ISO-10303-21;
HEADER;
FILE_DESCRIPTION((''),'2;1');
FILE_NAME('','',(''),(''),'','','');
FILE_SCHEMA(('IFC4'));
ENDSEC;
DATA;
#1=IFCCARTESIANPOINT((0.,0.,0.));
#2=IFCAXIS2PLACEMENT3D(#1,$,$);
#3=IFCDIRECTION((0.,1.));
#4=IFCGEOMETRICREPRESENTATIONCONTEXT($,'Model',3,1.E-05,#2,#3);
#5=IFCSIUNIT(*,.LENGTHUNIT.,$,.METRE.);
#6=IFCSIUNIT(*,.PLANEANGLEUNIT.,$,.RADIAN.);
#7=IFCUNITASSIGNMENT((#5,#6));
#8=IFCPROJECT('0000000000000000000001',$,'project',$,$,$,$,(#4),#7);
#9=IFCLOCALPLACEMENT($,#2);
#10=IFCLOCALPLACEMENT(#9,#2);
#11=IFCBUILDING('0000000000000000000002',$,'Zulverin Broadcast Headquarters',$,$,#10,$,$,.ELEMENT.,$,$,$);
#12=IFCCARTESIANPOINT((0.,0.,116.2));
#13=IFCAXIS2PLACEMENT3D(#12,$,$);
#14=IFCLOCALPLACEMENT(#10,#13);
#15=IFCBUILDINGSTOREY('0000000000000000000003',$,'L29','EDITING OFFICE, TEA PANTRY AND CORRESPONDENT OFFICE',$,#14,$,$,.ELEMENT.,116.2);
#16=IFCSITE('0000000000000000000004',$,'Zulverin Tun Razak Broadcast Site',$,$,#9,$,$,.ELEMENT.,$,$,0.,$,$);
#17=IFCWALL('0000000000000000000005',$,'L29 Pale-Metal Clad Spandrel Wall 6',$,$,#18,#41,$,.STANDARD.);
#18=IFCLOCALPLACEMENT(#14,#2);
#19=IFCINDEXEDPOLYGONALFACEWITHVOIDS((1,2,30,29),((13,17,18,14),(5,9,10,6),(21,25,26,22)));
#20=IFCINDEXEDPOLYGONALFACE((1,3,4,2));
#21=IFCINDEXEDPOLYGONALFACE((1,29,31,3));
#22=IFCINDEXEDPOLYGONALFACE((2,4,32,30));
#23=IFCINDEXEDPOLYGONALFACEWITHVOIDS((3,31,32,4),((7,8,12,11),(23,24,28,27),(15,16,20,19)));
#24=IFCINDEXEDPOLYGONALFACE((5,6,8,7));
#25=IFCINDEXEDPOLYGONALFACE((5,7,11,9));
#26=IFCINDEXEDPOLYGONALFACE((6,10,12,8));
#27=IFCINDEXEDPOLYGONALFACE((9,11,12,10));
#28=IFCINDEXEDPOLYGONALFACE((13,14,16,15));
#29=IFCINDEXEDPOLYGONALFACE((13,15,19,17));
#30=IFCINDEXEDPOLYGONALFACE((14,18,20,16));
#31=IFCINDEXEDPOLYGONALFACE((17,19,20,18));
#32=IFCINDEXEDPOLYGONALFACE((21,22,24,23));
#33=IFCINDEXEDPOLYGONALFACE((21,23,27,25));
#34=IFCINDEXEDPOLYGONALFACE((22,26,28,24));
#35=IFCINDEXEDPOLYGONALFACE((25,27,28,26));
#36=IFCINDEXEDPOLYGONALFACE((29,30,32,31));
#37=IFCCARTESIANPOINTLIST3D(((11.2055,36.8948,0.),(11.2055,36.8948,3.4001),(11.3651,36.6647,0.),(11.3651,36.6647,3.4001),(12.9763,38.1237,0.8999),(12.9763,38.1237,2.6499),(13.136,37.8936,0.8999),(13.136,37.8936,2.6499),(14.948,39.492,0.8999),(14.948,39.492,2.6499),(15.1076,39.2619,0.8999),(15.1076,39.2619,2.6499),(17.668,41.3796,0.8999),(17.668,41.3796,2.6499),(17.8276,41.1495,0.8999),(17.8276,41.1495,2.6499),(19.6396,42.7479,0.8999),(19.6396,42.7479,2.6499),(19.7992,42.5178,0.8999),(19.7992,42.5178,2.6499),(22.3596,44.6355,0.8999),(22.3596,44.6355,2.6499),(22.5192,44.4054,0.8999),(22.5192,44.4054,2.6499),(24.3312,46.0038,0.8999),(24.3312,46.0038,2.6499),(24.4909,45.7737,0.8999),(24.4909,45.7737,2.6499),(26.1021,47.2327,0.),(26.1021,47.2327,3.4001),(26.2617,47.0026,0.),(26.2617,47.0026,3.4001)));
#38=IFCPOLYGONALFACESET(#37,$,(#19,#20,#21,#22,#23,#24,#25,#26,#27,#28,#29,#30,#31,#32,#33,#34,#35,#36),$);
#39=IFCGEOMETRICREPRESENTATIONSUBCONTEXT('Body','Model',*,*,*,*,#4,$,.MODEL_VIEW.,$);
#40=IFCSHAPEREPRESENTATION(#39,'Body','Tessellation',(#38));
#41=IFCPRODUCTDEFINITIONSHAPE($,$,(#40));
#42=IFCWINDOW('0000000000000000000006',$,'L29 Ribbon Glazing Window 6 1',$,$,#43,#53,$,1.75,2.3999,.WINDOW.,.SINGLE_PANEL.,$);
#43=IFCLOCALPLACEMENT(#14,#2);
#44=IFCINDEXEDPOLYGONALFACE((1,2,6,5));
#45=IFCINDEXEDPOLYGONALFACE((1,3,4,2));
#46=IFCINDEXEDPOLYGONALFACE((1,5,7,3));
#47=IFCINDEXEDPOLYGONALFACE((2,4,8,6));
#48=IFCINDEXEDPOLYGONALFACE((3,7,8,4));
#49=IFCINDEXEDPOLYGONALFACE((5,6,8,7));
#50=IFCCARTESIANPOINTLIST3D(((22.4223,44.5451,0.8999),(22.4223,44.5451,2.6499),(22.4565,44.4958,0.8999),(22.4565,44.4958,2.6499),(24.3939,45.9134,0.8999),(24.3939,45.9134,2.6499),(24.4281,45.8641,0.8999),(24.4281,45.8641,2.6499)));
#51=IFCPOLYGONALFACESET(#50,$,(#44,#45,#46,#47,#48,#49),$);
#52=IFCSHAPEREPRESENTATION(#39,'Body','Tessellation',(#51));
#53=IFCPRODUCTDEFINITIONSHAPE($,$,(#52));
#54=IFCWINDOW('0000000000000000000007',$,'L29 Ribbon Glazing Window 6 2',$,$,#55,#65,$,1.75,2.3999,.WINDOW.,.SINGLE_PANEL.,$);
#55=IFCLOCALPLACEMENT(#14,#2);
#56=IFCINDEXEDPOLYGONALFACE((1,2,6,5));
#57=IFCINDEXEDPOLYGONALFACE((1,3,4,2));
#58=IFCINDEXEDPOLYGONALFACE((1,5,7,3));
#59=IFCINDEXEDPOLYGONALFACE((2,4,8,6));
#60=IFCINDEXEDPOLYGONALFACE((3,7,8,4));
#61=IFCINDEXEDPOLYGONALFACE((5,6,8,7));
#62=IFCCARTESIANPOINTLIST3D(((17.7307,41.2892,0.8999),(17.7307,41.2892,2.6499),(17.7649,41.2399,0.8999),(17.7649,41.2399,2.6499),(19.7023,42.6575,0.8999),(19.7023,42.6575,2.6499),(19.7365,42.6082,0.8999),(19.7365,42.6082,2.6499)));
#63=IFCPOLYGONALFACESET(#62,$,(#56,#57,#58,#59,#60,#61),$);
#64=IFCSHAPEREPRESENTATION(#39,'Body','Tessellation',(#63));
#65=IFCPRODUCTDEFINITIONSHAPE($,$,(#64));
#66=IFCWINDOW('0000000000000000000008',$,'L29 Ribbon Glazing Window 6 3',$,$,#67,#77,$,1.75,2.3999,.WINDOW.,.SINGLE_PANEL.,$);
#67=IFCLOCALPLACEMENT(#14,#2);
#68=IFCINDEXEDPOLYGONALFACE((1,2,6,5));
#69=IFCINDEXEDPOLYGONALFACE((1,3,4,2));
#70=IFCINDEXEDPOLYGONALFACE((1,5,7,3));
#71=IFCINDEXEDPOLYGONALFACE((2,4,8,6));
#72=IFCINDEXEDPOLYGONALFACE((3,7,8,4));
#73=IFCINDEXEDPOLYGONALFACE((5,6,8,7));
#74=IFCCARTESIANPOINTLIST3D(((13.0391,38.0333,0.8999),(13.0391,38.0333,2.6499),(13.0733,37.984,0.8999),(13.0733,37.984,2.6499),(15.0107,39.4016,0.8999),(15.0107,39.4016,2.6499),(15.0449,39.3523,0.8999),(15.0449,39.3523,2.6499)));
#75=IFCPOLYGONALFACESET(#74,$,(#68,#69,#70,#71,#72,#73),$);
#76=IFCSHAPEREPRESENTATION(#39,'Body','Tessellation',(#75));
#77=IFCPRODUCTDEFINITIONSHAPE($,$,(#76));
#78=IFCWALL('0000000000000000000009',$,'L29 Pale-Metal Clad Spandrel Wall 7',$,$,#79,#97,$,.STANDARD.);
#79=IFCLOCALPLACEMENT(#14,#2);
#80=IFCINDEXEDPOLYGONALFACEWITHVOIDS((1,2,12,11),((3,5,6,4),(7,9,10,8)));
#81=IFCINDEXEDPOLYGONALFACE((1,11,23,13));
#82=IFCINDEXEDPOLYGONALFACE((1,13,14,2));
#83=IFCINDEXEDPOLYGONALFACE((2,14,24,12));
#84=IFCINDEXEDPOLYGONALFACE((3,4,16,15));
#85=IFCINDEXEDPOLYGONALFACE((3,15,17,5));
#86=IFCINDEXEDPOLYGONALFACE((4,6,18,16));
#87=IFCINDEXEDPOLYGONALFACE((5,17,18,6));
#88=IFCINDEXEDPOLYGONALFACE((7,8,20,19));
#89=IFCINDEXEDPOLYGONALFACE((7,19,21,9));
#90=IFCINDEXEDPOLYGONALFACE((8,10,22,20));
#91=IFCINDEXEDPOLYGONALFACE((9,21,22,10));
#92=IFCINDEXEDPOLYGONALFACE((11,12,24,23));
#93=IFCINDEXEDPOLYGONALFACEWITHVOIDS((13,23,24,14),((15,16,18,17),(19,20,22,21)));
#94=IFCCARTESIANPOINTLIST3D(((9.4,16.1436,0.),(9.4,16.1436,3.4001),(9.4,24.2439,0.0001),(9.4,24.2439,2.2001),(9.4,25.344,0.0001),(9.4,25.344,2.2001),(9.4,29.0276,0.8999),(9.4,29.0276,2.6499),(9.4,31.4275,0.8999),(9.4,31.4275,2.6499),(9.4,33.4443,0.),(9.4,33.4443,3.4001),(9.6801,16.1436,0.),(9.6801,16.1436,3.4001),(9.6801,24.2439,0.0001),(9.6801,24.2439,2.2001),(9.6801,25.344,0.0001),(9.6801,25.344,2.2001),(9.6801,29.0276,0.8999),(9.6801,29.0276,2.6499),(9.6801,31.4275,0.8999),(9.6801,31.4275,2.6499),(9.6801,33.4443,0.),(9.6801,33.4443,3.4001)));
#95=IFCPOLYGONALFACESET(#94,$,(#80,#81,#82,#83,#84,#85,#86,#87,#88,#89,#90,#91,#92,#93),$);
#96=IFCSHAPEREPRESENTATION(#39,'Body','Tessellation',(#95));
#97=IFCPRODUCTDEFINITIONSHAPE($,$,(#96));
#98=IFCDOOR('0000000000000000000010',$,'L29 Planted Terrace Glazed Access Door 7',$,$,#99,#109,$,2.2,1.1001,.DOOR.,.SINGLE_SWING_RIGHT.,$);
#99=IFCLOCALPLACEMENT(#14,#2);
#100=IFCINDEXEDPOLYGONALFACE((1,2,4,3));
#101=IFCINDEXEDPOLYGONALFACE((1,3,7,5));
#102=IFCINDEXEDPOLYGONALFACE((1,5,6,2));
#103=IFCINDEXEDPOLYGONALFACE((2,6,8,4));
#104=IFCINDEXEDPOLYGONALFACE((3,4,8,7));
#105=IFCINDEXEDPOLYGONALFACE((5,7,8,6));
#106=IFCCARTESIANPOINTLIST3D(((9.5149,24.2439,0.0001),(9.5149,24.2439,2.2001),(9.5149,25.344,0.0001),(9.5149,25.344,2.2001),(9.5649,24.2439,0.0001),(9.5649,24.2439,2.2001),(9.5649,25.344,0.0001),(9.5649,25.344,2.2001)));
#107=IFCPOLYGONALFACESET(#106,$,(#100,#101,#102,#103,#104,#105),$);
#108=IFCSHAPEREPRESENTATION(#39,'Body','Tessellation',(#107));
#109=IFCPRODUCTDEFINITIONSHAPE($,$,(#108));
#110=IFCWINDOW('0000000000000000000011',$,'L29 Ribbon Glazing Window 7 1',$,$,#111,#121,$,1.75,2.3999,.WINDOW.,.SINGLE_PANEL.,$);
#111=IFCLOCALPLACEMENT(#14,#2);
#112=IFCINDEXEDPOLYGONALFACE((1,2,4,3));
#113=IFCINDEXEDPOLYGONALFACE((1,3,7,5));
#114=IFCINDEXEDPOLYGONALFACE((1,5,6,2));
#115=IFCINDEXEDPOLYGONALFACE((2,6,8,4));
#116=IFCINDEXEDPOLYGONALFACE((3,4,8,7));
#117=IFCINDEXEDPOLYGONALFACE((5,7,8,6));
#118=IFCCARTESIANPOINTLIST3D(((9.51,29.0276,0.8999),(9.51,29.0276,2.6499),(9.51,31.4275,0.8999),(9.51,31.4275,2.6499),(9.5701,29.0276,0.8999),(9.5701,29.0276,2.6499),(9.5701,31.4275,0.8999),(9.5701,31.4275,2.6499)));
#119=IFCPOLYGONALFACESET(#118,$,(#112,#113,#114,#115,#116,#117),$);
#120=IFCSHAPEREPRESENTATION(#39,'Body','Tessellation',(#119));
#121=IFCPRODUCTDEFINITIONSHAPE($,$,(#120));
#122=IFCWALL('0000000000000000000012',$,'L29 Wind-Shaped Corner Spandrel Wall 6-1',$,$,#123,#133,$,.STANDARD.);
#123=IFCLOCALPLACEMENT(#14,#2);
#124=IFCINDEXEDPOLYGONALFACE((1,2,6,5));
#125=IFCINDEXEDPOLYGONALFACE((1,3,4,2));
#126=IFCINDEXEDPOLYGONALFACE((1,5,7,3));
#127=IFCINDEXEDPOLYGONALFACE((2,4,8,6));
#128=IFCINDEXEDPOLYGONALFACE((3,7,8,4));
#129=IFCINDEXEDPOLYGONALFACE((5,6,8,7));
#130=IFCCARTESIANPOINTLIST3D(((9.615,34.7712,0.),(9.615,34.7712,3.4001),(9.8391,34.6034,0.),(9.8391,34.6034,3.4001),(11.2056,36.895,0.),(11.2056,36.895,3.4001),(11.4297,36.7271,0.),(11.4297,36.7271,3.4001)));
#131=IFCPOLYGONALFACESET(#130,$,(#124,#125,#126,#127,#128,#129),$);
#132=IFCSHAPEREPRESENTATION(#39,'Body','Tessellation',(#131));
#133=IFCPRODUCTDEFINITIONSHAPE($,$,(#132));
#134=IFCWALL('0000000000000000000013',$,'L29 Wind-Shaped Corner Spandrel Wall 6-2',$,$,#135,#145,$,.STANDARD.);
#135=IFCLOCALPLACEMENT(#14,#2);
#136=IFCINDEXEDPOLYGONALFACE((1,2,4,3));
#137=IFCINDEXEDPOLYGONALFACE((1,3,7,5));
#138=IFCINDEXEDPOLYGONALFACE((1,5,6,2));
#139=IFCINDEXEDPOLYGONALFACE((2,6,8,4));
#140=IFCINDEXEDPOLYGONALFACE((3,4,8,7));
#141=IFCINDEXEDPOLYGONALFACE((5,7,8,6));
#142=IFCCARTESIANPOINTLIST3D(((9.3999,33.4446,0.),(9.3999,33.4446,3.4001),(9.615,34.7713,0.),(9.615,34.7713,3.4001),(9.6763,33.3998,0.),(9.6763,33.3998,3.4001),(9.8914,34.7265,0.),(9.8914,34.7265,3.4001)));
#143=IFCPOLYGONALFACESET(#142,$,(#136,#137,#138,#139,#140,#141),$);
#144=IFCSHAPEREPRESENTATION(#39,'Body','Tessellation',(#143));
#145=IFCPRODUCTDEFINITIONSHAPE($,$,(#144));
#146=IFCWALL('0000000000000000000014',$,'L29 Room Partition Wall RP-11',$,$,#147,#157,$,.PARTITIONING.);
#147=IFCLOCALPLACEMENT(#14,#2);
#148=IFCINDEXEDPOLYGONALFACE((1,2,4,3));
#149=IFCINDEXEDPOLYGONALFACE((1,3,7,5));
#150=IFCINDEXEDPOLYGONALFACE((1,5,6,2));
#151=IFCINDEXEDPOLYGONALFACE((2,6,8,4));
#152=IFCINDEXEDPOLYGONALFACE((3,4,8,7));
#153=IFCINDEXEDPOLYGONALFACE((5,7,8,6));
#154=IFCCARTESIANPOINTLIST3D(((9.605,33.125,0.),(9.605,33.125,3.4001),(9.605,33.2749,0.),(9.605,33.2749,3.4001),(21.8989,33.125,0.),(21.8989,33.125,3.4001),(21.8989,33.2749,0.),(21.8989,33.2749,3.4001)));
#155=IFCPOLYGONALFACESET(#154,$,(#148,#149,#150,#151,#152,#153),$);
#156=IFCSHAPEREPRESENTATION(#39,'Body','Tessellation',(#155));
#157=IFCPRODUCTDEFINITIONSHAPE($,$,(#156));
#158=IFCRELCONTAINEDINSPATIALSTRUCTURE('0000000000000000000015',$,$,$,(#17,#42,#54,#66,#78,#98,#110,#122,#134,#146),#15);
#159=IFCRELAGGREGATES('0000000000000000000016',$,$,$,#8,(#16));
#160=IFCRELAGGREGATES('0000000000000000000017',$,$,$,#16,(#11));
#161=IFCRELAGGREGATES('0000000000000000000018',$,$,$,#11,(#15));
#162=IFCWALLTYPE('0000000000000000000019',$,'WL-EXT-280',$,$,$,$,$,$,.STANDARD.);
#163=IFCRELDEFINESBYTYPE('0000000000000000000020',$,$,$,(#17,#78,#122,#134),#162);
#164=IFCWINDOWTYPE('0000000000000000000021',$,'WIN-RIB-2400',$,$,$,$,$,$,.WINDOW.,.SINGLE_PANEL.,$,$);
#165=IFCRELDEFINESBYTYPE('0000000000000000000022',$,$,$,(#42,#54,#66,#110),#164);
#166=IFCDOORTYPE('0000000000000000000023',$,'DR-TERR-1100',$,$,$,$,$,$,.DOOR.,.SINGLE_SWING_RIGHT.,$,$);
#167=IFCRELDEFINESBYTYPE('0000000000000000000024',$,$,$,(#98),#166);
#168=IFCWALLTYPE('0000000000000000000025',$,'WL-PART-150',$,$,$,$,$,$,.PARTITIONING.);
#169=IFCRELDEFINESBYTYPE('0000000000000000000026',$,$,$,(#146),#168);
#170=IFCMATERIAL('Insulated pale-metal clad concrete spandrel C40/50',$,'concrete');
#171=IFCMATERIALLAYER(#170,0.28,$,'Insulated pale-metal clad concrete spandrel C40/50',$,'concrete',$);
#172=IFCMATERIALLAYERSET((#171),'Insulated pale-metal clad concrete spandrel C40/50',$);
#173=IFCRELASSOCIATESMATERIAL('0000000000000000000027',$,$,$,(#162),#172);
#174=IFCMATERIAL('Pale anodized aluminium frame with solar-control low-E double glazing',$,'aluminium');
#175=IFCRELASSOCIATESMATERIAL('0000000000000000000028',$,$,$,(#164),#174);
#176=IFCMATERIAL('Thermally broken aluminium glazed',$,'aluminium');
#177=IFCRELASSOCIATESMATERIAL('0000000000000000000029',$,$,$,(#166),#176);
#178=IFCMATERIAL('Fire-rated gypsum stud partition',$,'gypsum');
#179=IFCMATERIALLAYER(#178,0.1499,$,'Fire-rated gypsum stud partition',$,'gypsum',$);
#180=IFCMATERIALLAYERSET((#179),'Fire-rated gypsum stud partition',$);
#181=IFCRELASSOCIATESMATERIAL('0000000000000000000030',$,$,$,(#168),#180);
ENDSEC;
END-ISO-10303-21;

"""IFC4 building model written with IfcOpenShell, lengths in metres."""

from ifc_helpers import new_model, si_unit, direction, frame, frame_2d, origin, place, context, subcontext, project, spatial, rectangle, extrude, material, layer, layer_set, type_object, element, fill, save


model = new_model("IFC4")

# Units and contexts
model_context = context("Model", 3, precision=1e-05, world=origin(), true_north=direction((0.0, 1.0)))
body_context = subcontext(model_context, "Body", "Model", "MODEL_VIEW")
ifc_project = project(units=[si_unit("LENGTHUNIT", "METRE"), si_unit("PLANEANGLEUNIT", "RADIAN")], contexts=[model_context])

# Site, building, storey
site_placement = place(None, origin())
site = spatial("IfcSite", under=ifc_project, at=site_placement, Name="Zulverin Tun Razak Broadcast Site", CompositionType="ELEMENT", RefElevation=0.0)
building_placement = place(site_placement, origin())
building = spatial("IfcBuilding", under=site, at=building_placement, Name="Zulverin Broadcast Headquarters", CompositionType="ELEMENT")
storey_placement = place(building_placement, frame((0.0, 0.0, 116.2)))
storey = spatial("IfcBuildingStorey", under=building, at=storey_placement, Name="L29", Description="EDITING OFFICE, TEA PANTRY AND CORRESPONDENT OFFICE", CompositionType="ELEMENT", Elevation=116.2)

# Wall, openings, windows
ifc_material_1 = material(Name="Insulated pale-metal clad concrete spandrel C40/50", Category="concrete")
ifc_layer_1 = layer(ifc_material_1, 0.28, Name="Insulated pale-metal clad concrete spandrel C40/50", Category="concrete")
ifc_layer_set_1 = layer_set([ifc_layer_1], Name="Insulated pale-metal clad concrete spandrel C40/50")
wall_type_1 = type_object("IfcWallType", Name="WL-EXT-280", PredefinedType="STANDARD", material=ifc_layer_set_1)
wall_1_placement = place(storey_placement, frame((26.1819, 47.1177, 0.0), z_axis=(0.0, 0.0, 1.0), x_axis=(-0.821548, -0.570139, 0.0)))
wall_1 = element("IfcWall", 1, at=wall_1_placement, inside=storey, type_object=wall_type_1, Name="L29 Pale-Metal Clad Spandrel Wall 6", PredefinedType="STANDARD", context=body_context, shape_type="SweptSolid", body=[
    extrude(rectangle(XDim=18.1323, YDim=0.28, at=frame_2d((9.0662, 0.0))), origin(), (0.0, 0.0, 1.0), 3.4001),
])
opening_1_placement = place(wall_1_placement, frame((2.1555, 0.0, 0.8999)))
opening_1 = element("IfcOpeningElement", 2, at=opening_1_placement, cuts=wall_1, PredefinedType="OPENING", context=body_context, shape_type="SweptSolid", body=[
    extrude(rectangle(XDim=2.3999, YDim=1.75, at=frame_2d((1.2, 0.875))), frame((0.0, 0.1499, 0.0), z_axis=(0.0, -1.0, 0.0), x_axis=(1.0, 0.0, 0.0)), (0.0, 0.0, 1.0), 0.3),
])
opening_2_placement = place(wall_1_placement, frame((7.8662, 0.0, 0.8999)))
opening_2 = element("IfcOpeningElement", 3, at=opening_2_placement, cuts=wall_1, PredefinedType="OPENING", context=body_context, shape_type="SweptSolid", body=[
    extrude(rectangle(XDim=2.3999, YDim=1.75, at=frame_2d((1.2, 0.875))), frame((0.0, 0.1499, 0.0), z_axis=(0.0, -1.0, 0.0), x_axis=(1.0, 0.0, 0.0)), (0.0, 0.0, 1.0), 0.3),
])
opening_3_placement = place(wall_1_placement, frame((13.5769, 0.0, 0.8999)))
opening_3 = element("IfcOpeningElement", 4, at=opening_3_placement, cuts=wall_1, PredefinedType="OPENING", context=body_context, shape_type="SweptSolid", body=[
    extrude(rectangle(XDim=2.3999, YDim=1.75, at=frame_2d((1.2, 0.875))), frame((0.0, 0.1499, 0.0), z_axis=(0.0, -1.0, 0.0), x_axis=(1.0, 0.0, 0.0)), (0.0, 0.0, 1.0), 0.3),
])
ifc_material_2 = material(Name="Pale anodized aluminium frame with solar-control low-E double glazing", Category="aluminium")
window_type = type_object("IfcWindowType", Name="WIN-RIB-2400", PartitioningType="SINGLE_PANEL", PredefinedType="WINDOW", material=ifc_material_2)
window_1_placement = place(opening_1_placement, origin())
window_1 = element("IfcWindow", 5, at=window_1_placement, inside=storey, type_object=window_type, Name="L29 Ribbon Glazing Window 6 1", OverallHeight=1.75, OverallWidth=2.3999, PartitioningType="SINGLE_PANEL", PredefinedType="WINDOW", context=body_context, shape_type="SweptSolid", body=[
    extrude(rectangle(XDim=2.3999, YDim=1.75, at=frame_2d((1.2, 0.875))), frame((0.0, 0.03, 0.0), z_axis=(0.0, -1.0, 0.0), x_axis=(1.0, 0.0, 0.0)), (0.0, 0.0, 1.0), 0.0601),
])
fill(opening_1, window_1)
window_2_placement = place(opening_2_placement, origin())
window_2 = element("IfcWindow", 6, at=window_2_placement, inside=storey, type_object=window_type, Name="L29 Ribbon Glazing Window 6 2", OverallHeight=1.75, OverallWidth=2.3999, PartitioningType="SINGLE_PANEL", PredefinedType="WINDOW", context=body_context, shape_type="SweptSolid", body=[
    extrude(rectangle(XDim=2.3999, YDim=1.75, at=frame_2d((1.2, 0.875))), frame((0.0, 0.03, 0.0), z_axis=(0.0, -1.0, 0.0), x_axis=(1.0, 0.0, 0.0)), (0.0, 0.0, 1.0), 0.0601),
])
fill(opening_2, window_2)
window_3_placement = place(opening_3_placement, origin())
window_3 = element("IfcWindow", 7, at=window_3_placement, inside=storey, type_object=window_type, Name="L29 Ribbon Glazing Window 6 3", OverallHeight=1.75, OverallWidth=2.3999, PartitioningType="SINGLE_PANEL", PredefinedType="WINDOW", context=body_context, shape_type="SweptSolid", body=[
    extrude(rectangle(XDim=2.3999, YDim=1.75, at=frame_2d((1.2, 0.875))), frame((0.0, 0.03, 0.0), z_axis=(0.0, -1.0, 0.0), x_axis=(1.0, 0.0, 0.0)), (0.0, 0.0, 1.0), 0.0601),
])
fill(opening_3, window_3)

# Wall, openings, door, window
wall_2_placement = place(storey_placement, frame((9.54, 33.4443, 0.0), z_axis=(0.0, 0.0, 1.0), x_axis=(0.0, -1.0, 0.0)))
wall_2 = element("IfcWall", 8, at=wall_2_placement, inside=storey, type_object=wall_type_1, Name="L29 Pale-Metal Clad Spandrel Wall 7", PredefinedType="STANDARD", context=body_context, shape_type="SweptSolid", body=[
    extrude(rectangle(XDim=17.3008, YDim=0.28, at=frame_2d((8.6504, 0.0))), origin(), (0.0, 0.0, 1.0), 3.4001),
])
opening_4_placement = place(wall_2_placement, frame((8.1003, 0.0, 0.0)))
opening_4 = element("IfcOpeningElement", 9, at=opening_4_placement, cuts=wall_2, PredefinedType="OPENING", context=body_context, shape_type="SweptSolid", body=[
    extrude(rectangle(XDim=1.1001, YDim=2.2, at=frame_2d((0.55, 1.1001))), frame((0.0, 0.1499, 0.0), z_axis=(0.0, -1.0, 0.0), x_axis=(1.0, 0.0, 0.0)), (0.0, 0.0, 1.0), 0.3),
])
opening_5_placement = place(wall_2_placement, frame((2.0168, 0.0, 0.8999)))
opening_5 = element("IfcOpeningElement", 10, at=opening_5_placement, cuts=wall_2, PredefinedType="OPENING", context=body_context, shape_type="SweptSolid", body=[
    extrude(rectangle(XDim=2.3999, YDim=1.75, at=frame_2d((1.2, 0.875))), frame((0.0, 0.1499, 0.0), z_axis=(0.0, -1.0, 0.0), x_axis=(1.0, 0.0, 0.0)), (0.0, 0.0, 1.0), 0.3),
])
ifc_material_3 = material(Name="Thermally broken aluminium glazed", Category="aluminium")
door_type_1 = type_object("IfcDoorType", Name="DR-TERR-1100", OperationType="SINGLE_SWING_RIGHT", PredefinedType="DOOR", material=ifc_material_3)
door_1_placement = place(opening_4_placement, origin())
door_1 = element("IfcDoor", 11, at=door_1_placement, inside=storey, type_object=door_type_1, Name="L29 Planted Terrace Glazed Access Door 7", OperationType="SINGLE_SWING_RIGHT", OverallHeight=2.2, OverallWidth=1.1001, PredefinedType="DOOR", context=body_context, shape_type="SweptSolid", body=[
    extrude(rectangle(XDim=1.1001, YDim=2.2, at=frame_2d((0.55, 1.1001))), frame((0.0, 0.0249, 0.0), z_axis=(0.0, -1.0, 0.0), x_axis=(1.0, 0.0, 0.0)), (0.0, 0.0, 1.0), 0.05),
])
fill(opening_4, door_1)
window_4_placement = place(opening_5_placement, origin())
window_4 = element("IfcWindow", 12, at=window_4_placement, inside=storey, type_object=window_type, Name="L29 Ribbon Glazing Window 7 1", OverallHeight=1.75, OverallWidth=2.3999, PartitioningType="SINGLE_PANEL", PredefinedType="WINDOW", context=body_context, shape_type="SweptSolid", body=[
    extrude(rectangle(XDim=2.3999, YDim=1.75, at=frame_2d((1.2, 0.875))), frame((0.0, 0.03, 0.0), z_axis=(0.0, -1.0, 0.0), x_axis=(1.0, 0.0, 0.0)), (0.0, 0.0, 1.0), 0.0601),
])
fill(opening_5, window_4)

# Walls
wall_3_placement = place(storey_placement, frame((11.3176, 36.811, 0.0), z_axis=(0.0, 0.0, 1.0), x_axis=(-0.599455, -0.800408, 0.0)))
element("IfcWall", 13, at=wall_3_placement, inside=storey, type_object=wall_type_1, Name="L29 Wind-Shaped Corner Spandrel Wall 6-1", PredefinedType="STANDARD", context=body_context, shape_type="SweptSolid", body=[
    extrude(rectangle(XDim=2.6533, YDim=0.28, at=frame_2d((1.3267, 0.0))), origin(), (0.0, 0.0, 1.0), 3.4001),
])
wall_4_placement = place(storey_placement, frame((9.7532, 34.7488, 0.0), z_axis=(0.0, 0.0, 1.0), x_axis=(-0.160038, -0.987111, 0.0)))
element("IfcWall", 14, at=wall_4_placement, inside=storey, type_object=wall_type_1, Name="L29 Wind-Shaped Corner Spandrel Wall 6-2", PredefinedType="STANDARD", context=body_context, shape_type="SweptSolid", body=[
    extrude(rectangle(XDim=1.344, YDim=0.28, at=frame_2d((0.6719, 0.0))), origin(), (0.0, 0.0, 1.0), 3.4001),
])
ifc_material_4 = material(Name="Fire-rated gypsum stud partition", Category="gypsum")
ifc_layer_2 = layer(ifc_material_4, 0.1499, Name="Fire-rated gypsum stud partition", Category="gypsum")
ifc_layer_set_2 = layer_set([ifc_layer_2], Name="Fire-rated gypsum stud partition")
wall_type_2 = type_object("IfcWallType", Name="WL-PART-150", PredefinedType="PARTITIONING", material=ifc_layer_set_2)
wall_5_placement = place(storey_placement, frame((9.605, 33.2, 0.0), z_axis=(0.0, 0.0, 1.0), x_axis=(1.0, 0.0, 0.0)))
element("IfcWall", 15, at=wall_5_placement, inside=storey, type_object=wall_type_2, Name="L29 Room Partition Wall RP-11", PredefinedType="PARTITIONING", context=body_context, shape_type="SweptSolid", body=[
    extrude(rectangle(XDim=12.2939, YDim=0.1499, at=frame_2d((6.147, 0.0))), origin(), (0.0, 0.0, 1.0), 3.4001),
])

save(model, "model.ifc")
